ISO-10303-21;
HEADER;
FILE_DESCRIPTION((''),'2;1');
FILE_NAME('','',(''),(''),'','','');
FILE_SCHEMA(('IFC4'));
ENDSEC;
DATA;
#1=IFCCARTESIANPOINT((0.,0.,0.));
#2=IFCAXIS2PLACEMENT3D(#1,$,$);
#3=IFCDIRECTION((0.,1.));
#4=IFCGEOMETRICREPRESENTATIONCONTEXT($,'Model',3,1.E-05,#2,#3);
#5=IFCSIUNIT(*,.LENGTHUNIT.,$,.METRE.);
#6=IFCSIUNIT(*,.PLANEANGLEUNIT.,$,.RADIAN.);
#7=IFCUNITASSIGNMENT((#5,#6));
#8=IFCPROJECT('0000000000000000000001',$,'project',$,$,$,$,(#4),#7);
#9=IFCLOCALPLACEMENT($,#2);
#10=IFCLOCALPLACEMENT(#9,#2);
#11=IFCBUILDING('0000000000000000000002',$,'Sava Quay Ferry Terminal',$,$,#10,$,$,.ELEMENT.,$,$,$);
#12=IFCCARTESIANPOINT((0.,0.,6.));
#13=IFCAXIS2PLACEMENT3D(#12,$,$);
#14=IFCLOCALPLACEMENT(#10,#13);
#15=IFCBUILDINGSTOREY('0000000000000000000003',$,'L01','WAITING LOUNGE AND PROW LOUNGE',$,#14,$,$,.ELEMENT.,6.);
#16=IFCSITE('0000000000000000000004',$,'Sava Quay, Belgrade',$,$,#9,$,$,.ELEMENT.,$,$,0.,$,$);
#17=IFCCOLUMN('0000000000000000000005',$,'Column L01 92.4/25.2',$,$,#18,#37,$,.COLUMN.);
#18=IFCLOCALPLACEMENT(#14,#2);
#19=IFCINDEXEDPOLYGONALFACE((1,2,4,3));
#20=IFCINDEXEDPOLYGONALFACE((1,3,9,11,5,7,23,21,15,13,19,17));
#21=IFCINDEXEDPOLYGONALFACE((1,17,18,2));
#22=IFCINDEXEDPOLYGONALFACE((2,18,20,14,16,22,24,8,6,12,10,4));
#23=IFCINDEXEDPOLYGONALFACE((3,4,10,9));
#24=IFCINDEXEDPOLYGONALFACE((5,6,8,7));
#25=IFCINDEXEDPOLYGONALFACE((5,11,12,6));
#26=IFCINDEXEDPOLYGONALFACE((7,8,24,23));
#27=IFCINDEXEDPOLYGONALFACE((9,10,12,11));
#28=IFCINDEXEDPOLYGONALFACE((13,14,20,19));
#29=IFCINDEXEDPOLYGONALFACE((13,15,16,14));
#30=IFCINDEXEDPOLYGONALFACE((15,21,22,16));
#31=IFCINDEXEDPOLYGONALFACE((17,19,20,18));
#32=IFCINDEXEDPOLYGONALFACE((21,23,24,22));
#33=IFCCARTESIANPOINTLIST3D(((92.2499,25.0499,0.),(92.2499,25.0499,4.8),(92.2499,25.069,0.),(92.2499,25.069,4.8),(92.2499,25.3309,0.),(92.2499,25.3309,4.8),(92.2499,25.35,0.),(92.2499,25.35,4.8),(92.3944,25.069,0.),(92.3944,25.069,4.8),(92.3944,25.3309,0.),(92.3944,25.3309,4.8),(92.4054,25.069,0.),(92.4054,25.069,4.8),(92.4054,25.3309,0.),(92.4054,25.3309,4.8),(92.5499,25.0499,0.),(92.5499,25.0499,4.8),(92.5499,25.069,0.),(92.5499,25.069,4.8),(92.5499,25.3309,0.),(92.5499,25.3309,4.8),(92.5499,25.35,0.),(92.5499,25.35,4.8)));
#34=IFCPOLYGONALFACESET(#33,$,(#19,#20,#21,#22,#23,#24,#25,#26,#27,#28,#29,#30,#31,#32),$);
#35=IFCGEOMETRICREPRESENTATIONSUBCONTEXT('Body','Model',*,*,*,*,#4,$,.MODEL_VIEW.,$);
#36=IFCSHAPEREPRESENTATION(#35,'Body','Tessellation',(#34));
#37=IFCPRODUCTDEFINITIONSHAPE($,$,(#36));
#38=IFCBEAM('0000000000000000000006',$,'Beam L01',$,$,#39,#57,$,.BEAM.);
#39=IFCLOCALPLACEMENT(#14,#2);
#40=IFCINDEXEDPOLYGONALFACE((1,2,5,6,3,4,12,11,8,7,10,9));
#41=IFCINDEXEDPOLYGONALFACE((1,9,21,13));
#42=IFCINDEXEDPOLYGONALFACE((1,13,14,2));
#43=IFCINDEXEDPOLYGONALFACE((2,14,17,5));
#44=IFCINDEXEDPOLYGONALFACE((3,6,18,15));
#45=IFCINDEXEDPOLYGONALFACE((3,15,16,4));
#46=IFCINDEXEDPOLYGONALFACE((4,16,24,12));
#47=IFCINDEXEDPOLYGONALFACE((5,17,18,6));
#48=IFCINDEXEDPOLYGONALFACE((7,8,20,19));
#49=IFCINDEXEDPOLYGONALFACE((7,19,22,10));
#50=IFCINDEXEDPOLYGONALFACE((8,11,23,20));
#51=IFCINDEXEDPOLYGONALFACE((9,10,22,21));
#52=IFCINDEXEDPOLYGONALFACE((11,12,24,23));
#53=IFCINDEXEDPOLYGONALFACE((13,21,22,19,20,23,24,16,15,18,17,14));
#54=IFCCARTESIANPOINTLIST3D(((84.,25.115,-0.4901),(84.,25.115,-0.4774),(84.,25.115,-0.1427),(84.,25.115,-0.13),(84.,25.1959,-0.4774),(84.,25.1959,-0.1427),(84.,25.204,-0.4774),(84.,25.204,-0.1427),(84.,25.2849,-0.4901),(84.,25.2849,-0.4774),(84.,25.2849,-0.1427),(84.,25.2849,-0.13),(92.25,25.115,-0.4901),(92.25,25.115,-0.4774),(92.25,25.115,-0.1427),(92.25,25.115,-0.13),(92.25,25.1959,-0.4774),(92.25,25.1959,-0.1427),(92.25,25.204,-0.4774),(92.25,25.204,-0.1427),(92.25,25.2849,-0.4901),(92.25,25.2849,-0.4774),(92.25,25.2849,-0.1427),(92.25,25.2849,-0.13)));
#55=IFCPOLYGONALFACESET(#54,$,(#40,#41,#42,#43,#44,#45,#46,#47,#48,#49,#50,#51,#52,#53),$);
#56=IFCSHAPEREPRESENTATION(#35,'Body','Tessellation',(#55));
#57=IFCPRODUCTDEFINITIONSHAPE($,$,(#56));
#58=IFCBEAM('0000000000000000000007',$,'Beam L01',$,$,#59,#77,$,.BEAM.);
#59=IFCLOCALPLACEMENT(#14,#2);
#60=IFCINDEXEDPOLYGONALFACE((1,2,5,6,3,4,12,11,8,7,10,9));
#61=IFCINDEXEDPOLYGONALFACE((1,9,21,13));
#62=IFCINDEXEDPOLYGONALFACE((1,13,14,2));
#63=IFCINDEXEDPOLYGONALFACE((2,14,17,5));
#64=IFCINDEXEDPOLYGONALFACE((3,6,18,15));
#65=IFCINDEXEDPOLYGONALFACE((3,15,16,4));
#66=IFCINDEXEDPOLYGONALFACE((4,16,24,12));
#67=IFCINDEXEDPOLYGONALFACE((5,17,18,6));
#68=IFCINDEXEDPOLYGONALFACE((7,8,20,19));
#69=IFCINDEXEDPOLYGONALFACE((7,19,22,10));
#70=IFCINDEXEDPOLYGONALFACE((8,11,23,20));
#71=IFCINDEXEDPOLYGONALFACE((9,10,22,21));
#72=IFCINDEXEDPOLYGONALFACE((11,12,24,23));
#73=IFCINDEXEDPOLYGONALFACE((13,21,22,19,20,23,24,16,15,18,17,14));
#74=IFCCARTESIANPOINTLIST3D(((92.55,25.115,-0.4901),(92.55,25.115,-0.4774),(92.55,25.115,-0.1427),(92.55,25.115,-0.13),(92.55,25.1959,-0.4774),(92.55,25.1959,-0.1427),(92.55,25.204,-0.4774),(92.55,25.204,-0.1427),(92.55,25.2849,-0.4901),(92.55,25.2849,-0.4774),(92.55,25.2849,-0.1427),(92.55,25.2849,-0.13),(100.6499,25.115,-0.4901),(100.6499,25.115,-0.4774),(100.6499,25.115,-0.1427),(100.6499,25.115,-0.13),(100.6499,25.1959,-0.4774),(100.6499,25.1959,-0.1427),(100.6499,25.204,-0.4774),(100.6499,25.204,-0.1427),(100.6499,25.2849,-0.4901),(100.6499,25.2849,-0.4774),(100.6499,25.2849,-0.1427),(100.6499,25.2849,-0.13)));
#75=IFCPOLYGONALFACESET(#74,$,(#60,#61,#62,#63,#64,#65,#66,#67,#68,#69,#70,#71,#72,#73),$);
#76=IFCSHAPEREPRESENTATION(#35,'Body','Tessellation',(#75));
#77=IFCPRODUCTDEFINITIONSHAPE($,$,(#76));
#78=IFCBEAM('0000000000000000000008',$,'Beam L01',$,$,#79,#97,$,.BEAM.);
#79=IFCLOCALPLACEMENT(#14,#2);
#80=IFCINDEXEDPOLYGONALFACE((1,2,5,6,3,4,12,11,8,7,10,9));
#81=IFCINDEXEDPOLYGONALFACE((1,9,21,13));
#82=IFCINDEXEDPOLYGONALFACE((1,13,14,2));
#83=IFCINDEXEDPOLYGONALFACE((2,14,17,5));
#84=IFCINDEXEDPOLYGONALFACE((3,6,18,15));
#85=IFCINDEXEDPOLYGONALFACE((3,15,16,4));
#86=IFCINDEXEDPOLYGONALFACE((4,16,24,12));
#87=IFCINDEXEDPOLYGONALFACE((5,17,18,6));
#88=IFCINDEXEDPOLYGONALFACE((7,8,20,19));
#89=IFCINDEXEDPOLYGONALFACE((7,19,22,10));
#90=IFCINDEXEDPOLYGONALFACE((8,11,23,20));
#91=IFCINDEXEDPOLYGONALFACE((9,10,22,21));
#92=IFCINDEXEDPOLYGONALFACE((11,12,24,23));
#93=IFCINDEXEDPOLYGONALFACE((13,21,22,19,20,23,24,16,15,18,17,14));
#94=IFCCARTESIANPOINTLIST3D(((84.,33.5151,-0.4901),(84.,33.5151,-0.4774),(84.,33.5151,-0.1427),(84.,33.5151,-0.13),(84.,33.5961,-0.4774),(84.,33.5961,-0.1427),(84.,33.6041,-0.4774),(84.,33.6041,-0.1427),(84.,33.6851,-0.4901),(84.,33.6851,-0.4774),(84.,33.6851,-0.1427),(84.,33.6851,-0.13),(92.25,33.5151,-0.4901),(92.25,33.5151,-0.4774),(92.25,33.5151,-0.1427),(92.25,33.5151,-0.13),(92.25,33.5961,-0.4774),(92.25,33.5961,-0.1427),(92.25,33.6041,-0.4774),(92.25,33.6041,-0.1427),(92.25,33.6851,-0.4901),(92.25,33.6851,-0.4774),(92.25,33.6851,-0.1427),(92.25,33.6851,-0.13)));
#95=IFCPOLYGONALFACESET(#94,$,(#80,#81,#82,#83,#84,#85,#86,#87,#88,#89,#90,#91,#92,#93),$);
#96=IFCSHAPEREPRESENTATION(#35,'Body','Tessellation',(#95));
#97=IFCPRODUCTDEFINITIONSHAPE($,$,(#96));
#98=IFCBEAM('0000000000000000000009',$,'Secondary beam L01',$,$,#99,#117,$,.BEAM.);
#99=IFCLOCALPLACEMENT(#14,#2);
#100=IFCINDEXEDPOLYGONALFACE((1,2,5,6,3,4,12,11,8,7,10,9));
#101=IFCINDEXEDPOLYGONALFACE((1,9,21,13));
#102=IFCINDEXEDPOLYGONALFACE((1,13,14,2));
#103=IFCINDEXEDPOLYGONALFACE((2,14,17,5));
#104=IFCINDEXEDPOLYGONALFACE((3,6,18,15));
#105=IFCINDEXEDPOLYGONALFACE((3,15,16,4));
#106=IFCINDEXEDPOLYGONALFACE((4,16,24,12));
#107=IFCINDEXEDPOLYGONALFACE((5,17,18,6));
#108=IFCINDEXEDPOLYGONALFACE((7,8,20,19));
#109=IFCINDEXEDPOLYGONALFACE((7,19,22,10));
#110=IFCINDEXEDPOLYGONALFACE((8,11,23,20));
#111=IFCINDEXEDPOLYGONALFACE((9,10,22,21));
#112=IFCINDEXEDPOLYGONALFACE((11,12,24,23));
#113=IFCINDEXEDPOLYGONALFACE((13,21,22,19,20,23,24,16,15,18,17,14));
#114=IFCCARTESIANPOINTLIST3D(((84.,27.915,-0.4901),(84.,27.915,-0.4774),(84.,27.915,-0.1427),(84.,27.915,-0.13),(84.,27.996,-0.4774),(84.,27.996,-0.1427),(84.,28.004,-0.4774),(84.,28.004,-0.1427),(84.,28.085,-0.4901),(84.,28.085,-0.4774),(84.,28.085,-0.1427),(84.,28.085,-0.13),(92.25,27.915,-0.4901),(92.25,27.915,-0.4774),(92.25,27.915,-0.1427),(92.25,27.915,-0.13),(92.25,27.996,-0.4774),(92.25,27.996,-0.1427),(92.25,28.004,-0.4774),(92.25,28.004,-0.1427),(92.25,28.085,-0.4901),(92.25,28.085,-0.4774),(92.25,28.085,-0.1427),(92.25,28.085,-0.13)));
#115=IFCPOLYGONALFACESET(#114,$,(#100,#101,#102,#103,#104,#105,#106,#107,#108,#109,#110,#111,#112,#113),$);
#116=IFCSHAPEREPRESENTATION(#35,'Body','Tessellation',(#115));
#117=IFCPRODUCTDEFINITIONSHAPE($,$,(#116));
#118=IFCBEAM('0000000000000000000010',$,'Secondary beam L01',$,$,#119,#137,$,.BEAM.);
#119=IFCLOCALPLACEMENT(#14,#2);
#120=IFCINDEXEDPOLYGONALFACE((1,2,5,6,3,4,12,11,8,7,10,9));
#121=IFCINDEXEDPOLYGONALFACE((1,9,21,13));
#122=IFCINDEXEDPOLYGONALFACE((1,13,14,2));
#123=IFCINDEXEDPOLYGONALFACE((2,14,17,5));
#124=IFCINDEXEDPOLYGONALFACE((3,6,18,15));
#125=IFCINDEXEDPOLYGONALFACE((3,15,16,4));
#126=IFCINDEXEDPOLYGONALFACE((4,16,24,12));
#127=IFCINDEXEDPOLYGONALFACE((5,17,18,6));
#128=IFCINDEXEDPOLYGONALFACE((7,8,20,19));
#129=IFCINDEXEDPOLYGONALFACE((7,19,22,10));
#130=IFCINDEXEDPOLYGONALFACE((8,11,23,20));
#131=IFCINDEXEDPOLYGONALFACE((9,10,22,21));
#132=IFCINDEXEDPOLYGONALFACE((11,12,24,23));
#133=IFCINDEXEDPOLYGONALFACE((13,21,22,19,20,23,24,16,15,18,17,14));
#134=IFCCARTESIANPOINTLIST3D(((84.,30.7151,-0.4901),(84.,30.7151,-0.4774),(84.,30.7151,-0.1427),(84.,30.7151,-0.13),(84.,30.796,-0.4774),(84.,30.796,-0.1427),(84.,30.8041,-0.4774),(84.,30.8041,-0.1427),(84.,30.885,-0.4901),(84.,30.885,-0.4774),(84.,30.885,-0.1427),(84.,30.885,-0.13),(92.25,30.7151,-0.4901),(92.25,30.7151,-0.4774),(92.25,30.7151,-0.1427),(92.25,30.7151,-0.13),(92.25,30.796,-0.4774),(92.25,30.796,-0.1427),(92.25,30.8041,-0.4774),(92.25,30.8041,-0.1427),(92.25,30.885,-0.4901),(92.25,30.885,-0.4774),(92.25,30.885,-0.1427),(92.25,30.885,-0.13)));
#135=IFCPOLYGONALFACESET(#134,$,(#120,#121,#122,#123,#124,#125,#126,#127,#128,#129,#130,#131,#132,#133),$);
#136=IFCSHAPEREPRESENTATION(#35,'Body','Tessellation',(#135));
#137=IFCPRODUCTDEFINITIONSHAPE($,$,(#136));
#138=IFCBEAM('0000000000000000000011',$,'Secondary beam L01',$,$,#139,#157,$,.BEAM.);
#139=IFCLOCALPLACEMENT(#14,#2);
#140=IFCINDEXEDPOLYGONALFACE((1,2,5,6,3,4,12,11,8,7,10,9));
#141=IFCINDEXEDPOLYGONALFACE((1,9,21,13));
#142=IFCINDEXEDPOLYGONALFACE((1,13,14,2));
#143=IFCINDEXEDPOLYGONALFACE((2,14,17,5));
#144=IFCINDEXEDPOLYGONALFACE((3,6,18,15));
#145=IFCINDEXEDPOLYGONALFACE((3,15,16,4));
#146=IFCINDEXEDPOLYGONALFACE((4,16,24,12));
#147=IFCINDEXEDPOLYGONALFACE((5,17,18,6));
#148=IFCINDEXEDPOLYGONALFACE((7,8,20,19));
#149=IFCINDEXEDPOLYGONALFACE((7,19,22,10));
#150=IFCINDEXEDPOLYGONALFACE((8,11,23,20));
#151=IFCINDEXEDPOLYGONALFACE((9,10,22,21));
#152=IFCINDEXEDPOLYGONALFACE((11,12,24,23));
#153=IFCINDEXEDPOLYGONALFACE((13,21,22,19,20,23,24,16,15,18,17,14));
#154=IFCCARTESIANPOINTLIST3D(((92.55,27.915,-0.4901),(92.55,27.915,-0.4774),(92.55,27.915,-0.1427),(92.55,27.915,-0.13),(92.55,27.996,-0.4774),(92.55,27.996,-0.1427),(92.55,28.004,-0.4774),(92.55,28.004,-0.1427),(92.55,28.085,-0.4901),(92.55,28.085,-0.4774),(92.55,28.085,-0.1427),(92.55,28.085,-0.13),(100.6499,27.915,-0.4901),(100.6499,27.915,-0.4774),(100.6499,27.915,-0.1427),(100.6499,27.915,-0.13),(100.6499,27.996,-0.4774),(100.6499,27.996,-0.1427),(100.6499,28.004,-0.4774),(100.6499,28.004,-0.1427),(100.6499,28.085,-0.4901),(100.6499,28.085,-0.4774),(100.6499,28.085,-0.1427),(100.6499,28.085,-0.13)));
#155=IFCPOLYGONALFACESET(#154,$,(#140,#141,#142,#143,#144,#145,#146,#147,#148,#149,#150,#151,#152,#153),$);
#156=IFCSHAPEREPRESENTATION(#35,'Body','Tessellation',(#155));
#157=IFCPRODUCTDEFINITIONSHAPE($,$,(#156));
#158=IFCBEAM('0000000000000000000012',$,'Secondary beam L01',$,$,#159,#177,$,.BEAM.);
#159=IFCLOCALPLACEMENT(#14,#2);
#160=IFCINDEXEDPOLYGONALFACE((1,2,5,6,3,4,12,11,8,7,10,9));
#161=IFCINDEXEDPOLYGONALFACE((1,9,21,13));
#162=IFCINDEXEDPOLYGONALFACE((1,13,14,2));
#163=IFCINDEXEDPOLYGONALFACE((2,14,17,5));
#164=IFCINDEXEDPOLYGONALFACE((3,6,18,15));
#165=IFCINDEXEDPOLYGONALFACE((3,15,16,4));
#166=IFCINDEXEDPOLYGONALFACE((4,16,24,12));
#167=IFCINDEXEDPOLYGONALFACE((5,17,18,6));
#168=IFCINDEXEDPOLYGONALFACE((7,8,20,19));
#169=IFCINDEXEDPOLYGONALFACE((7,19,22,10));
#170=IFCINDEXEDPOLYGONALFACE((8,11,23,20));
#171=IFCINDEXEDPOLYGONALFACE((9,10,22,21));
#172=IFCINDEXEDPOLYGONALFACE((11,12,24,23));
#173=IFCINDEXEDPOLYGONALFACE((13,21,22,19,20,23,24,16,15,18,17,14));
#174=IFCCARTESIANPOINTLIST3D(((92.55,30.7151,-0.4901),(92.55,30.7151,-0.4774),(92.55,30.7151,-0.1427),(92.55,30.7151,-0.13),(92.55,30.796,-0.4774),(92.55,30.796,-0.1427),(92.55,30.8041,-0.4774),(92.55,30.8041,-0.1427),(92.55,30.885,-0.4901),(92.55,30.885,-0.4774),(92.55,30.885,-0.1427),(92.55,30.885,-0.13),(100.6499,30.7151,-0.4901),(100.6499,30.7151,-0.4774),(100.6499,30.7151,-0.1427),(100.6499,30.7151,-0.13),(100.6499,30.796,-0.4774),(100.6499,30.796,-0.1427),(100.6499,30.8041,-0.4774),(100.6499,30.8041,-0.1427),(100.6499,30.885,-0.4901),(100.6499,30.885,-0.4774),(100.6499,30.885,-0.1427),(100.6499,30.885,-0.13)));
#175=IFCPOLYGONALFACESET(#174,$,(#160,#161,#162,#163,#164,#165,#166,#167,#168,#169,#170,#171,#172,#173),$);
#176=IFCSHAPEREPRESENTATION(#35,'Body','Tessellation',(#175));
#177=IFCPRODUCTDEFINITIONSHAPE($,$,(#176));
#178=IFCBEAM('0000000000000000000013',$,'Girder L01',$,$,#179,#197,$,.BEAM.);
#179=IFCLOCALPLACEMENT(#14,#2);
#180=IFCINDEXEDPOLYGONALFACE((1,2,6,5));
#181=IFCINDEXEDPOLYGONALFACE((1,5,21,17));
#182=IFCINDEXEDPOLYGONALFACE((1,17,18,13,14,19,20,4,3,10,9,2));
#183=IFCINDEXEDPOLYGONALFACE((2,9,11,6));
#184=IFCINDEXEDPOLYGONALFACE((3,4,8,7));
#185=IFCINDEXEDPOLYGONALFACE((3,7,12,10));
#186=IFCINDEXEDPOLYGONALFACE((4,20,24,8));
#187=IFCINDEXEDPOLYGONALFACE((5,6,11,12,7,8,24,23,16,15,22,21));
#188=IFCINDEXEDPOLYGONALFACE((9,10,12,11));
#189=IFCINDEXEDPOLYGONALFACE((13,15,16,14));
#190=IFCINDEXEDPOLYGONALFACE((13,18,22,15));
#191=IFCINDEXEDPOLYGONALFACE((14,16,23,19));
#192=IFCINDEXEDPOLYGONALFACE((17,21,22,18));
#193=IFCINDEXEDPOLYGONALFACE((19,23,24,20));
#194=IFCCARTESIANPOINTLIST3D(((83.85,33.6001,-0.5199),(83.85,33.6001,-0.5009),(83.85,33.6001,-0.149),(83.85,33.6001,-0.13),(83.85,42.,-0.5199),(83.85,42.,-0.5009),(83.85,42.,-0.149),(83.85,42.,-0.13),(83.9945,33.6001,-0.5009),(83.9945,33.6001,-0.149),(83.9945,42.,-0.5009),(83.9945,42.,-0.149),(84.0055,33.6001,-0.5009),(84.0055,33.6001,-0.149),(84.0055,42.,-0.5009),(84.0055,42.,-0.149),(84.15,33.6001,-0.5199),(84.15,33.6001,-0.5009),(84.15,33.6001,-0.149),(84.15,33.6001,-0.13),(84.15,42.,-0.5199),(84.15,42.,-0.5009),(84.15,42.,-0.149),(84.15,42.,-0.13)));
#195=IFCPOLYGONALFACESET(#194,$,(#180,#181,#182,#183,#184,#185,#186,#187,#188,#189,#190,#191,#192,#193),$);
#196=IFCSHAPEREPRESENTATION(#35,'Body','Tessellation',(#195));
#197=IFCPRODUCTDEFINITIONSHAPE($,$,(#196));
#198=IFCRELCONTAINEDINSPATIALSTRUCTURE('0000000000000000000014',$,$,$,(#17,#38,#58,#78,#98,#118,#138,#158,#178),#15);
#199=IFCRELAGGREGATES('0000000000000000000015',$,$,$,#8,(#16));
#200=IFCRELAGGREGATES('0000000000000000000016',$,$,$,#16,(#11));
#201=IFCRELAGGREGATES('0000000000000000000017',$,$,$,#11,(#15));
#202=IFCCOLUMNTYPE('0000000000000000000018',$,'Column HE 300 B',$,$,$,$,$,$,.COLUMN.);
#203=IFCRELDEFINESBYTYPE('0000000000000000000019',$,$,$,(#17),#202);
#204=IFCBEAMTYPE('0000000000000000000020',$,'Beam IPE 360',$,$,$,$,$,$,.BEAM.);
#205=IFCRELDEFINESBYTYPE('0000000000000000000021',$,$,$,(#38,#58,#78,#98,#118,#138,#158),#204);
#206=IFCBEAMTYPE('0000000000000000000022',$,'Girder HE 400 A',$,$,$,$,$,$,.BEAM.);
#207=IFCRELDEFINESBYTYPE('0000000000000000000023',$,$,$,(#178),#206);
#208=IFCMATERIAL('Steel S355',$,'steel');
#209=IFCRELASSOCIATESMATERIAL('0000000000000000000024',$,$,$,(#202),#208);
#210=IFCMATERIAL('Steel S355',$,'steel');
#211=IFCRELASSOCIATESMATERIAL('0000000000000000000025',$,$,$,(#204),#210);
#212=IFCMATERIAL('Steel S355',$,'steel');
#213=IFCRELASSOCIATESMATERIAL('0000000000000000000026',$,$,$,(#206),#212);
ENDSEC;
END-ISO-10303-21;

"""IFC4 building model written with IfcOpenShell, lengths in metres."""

from ifc_helpers import new_model, si_unit, direction, frame, origin, origin_2d, place, context, subcontext, project, spatial, i_section, extrude, material, material_profile, profile_set, type_object, element, save


model = new_model("IFC4")

# Units and contexts
model_context = context("Model", 3, precision=1e-05, world=origin(), true_north=direction((0.0, 1.0)))
body_context = subcontext(model_context, "Body", "Model", "MODEL_VIEW")
ifc_project = project(units=[si_unit("LENGTHUNIT", "METRE"), si_unit("PLANEANGLEUNIT", "RADIAN")], contexts=[model_context])

# Site, building, storey
site_placement = place(None, origin())
site = spatial("IfcSite", under=ifc_project, at=site_placement, Name="Sava Quay, Belgrade", CompositionType="ELEMENT", RefElevation=0.0)
building_placement = place(site_placement, origin())
building = spatial("IfcBuilding", under=site, at=building_placement, Name="Sava Quay Ferry Terminal", CompositionType="ELEMENT")
storey_placement = place(building_placement, frame((0.0, 0.0, 6.0)))
storey = spatial("IfcBuildingStorey", under=building, at=storey_placement, Name="L01", Description="WAITING LOUNGE AND PROW LOUNGE", CompositionType="ELEMENT", Elevation=6.0)

# Column
ifc_material_1 = material(Name="Steel S355", Category="steel")
ifc_material_profile_1 = material_profile(ifc_material_1, i_section(OverallWidth=0.3, OverallDepth=0.3, WebThickness=0.011, FlangeThickness=0.019, at=origin_2d()), Name="HE 300 B")
ifc_profile_set_1 = profile_set([ifc_material_profile_1], Name="Steel S355")
column_type = type_object("IfcColumnType", Name="Column HE 300 B", PredefinedType="COLUMN", material=ifc_profile_set_1)
column_placement = place(storey_placement, frame((92.3999, 25.2, 0.0), z_axis=(0.0, 0.0, 1.0), x_axis=(1.0, 0.0, 0.0)))
element("IfcColumn", 1, at=column_placement, inside=storey, type_object=column_type, Name="Column L01 92.4/25.2", PredefinedType="COLUMN", context=body_context, shape_type="SweptSolid", body=[
    extrude(i_section(OverallWidth=0.3, OverallDepth=0.3, WebThickness=0.011, FlangeThickness=0.019, at=origin_2d()), origin(), (0.0, 0.0, 1.0), 4.8),
])

# Beams
ifc_material_2 = material(Name="Steel S355", Category="steel")
ifc_material_profile_2 = material_profile(ifc_material_2, i_section(OverallWidth=0.1699, OverallDepth=0.3601, WebThickness=0.0081, FlangeThickness=0.0127, at=origin_2d()), Name="IPE 360")
ifc_profile_set_2 = profile_set([ifc_material_profile_2], Name="Steel S355")
beam_type_1 = type_object("IfcBeamType", Name="Beam IPE 360", PredefinedType="BEAM", material=ifc_profile_set_2)
beam_1_placement = place(storey_placement, frame((84.0, 25.2, -0.3101), z_axis=(1.0, 0.0, 0.0), x_axis=(0.0, 1.0, 0.0)))
element("IfcBeam", 2, at=beam_1_placement, inside=storey, type_object=beam_type_1, Name="Beam L01", PredefinedType="BEAM", context=body_context, shape_type="SweptSolid", body=[
    extrude(i_section(OverallWidth=0.1699, OverallDepth=0.3601, WebThickness=0.0081, FlangeThickness=0.0127, at=origin_2d()), origin(), (0.0, 0.0, 1.0), 8.25),
])
beam_2_placement = place(storey_placement, frame((92.55, 25.2, -0.3101), z_axis=(1.0, 0.0, 0.0), x_axis=(0.0, 1.0, 0.0)))
element("IfcBeam", 3, at=beam_2_placement, inside=storey, type_object=beam_type_1, Name="Beam L01", PredefinedType="BEAM", context=body_context, shape_type="SweptSolid", body=[
    extrude(i_section(OverallWidth=0.1699, OverallDepth=0.3601, WebThickness=0.0081, FlangeThickness=0.0127, at=origin_2d()), origin(), (0.0, 0.0, 1.0), 8.0999),
])
for number, where, z_axis, x_axis, name in (
    (4, (84.0, 33.6001, -0.3101), (1.0, 0.0, 0.0), (0.0, 1.0, 0.0), "Beam L01"),
    (5, (84.0, 28.0, -0.3101), (1.0, 0.0, 0.0), (0.0, 1.0, 0.0), "Secondary beam L01"),
    (6, (84.0, 30.8, -0.3101), (1.0, 0.0, 0.0), (0.0, 1.0, 0.0), "Secondary beam L01"),
):
    element("IfcBeam", number, at=place(storey_placement, frame(where, z_axis=z_axis, x_axis=x_axis)), inside=storey, type_object=beam_type_1, Name=name, PredefinedType="BEAM", context=body_context, shape_type="SweptSolid", body=[
        extrude(i_section(OverallWidth=0.1699, OverallDepth=0.3601, WebThickness=0.0081, FlangeThickness=0.0127, at=origin_2d()), origin(), (0.0, 0.0, 1.0), 8.25),
    ])
for number, where, z_axis, x_axis, name in (
    (7, (92.55, 28.0, -0.3101), (1.0, 0.0, 0.0), (0.0, 1.0, 0.0), "Secondary beam L01"),
    (8, (92.55, 30.8, -0.3101), (1.0, 0.0, 0.0), (0.0, 1.0, 0.0), "Secondary beam L01"),
):
    element("IfcBeam", number, at=place(storey_placement, frame(where, z_axis=z_axis, x_axis=x_axis)), inside=storey, type_object=beam_type_1, Name=name, PredefinedType="BEAM", context=body_context, shape_type="SweptSolid", body=[
        extrude(i_section(OverallWidth=0.1699, OverallDepth=0.3601, WebThickness=0.0081, FlangeThickness=0.0127, at=origin_2d()), origin(), (0.0, 0.0, 1.0), 8.0999),
    ])
ifc_material_3 = material(Name="Steel S355", Category="steel")
ifc_material_profile_3 = material_profile(ifc_material_3, i_section(OverallWidth=0.3, OverallDepth=0.3899, WebThickness=0.011, FlangeThickness=0.019, at=origin_2d()), Name="HE 400 A")
ifc_profile_set_3 = profile_set([ifc_material_profile_3], Name="Steel S355")
beam_type_2 = type_object("IfcBeamType", Name="Girder HE 400 A", PredefinedType="BEAM", material=ifc_profile_set_3)
beam_3_placement = place(storey_placement, frame((84.0, 33.6001, -0.325), z_axis=(0.0, 1.0, 0.0), x_axis=(-1.0, 0.0, 0.0)))
element("IfcBeam", 9, at=beam_3_placement, inside=storey, type_object=beam_type_2, Name="Girder L01", PredefinedType="BEAM", context=body_context, shape_type="SweptSolid", body=[
    extrude(i_section(OverallWidth=0.3, OverallDepth=0.3899, WebThickness=0.011, FlangeThickness=0.019, at=origin_2d()), origin(), (0.0, 0.0, 1.0), 8.3999),
])

save(model, "model.ifc")
